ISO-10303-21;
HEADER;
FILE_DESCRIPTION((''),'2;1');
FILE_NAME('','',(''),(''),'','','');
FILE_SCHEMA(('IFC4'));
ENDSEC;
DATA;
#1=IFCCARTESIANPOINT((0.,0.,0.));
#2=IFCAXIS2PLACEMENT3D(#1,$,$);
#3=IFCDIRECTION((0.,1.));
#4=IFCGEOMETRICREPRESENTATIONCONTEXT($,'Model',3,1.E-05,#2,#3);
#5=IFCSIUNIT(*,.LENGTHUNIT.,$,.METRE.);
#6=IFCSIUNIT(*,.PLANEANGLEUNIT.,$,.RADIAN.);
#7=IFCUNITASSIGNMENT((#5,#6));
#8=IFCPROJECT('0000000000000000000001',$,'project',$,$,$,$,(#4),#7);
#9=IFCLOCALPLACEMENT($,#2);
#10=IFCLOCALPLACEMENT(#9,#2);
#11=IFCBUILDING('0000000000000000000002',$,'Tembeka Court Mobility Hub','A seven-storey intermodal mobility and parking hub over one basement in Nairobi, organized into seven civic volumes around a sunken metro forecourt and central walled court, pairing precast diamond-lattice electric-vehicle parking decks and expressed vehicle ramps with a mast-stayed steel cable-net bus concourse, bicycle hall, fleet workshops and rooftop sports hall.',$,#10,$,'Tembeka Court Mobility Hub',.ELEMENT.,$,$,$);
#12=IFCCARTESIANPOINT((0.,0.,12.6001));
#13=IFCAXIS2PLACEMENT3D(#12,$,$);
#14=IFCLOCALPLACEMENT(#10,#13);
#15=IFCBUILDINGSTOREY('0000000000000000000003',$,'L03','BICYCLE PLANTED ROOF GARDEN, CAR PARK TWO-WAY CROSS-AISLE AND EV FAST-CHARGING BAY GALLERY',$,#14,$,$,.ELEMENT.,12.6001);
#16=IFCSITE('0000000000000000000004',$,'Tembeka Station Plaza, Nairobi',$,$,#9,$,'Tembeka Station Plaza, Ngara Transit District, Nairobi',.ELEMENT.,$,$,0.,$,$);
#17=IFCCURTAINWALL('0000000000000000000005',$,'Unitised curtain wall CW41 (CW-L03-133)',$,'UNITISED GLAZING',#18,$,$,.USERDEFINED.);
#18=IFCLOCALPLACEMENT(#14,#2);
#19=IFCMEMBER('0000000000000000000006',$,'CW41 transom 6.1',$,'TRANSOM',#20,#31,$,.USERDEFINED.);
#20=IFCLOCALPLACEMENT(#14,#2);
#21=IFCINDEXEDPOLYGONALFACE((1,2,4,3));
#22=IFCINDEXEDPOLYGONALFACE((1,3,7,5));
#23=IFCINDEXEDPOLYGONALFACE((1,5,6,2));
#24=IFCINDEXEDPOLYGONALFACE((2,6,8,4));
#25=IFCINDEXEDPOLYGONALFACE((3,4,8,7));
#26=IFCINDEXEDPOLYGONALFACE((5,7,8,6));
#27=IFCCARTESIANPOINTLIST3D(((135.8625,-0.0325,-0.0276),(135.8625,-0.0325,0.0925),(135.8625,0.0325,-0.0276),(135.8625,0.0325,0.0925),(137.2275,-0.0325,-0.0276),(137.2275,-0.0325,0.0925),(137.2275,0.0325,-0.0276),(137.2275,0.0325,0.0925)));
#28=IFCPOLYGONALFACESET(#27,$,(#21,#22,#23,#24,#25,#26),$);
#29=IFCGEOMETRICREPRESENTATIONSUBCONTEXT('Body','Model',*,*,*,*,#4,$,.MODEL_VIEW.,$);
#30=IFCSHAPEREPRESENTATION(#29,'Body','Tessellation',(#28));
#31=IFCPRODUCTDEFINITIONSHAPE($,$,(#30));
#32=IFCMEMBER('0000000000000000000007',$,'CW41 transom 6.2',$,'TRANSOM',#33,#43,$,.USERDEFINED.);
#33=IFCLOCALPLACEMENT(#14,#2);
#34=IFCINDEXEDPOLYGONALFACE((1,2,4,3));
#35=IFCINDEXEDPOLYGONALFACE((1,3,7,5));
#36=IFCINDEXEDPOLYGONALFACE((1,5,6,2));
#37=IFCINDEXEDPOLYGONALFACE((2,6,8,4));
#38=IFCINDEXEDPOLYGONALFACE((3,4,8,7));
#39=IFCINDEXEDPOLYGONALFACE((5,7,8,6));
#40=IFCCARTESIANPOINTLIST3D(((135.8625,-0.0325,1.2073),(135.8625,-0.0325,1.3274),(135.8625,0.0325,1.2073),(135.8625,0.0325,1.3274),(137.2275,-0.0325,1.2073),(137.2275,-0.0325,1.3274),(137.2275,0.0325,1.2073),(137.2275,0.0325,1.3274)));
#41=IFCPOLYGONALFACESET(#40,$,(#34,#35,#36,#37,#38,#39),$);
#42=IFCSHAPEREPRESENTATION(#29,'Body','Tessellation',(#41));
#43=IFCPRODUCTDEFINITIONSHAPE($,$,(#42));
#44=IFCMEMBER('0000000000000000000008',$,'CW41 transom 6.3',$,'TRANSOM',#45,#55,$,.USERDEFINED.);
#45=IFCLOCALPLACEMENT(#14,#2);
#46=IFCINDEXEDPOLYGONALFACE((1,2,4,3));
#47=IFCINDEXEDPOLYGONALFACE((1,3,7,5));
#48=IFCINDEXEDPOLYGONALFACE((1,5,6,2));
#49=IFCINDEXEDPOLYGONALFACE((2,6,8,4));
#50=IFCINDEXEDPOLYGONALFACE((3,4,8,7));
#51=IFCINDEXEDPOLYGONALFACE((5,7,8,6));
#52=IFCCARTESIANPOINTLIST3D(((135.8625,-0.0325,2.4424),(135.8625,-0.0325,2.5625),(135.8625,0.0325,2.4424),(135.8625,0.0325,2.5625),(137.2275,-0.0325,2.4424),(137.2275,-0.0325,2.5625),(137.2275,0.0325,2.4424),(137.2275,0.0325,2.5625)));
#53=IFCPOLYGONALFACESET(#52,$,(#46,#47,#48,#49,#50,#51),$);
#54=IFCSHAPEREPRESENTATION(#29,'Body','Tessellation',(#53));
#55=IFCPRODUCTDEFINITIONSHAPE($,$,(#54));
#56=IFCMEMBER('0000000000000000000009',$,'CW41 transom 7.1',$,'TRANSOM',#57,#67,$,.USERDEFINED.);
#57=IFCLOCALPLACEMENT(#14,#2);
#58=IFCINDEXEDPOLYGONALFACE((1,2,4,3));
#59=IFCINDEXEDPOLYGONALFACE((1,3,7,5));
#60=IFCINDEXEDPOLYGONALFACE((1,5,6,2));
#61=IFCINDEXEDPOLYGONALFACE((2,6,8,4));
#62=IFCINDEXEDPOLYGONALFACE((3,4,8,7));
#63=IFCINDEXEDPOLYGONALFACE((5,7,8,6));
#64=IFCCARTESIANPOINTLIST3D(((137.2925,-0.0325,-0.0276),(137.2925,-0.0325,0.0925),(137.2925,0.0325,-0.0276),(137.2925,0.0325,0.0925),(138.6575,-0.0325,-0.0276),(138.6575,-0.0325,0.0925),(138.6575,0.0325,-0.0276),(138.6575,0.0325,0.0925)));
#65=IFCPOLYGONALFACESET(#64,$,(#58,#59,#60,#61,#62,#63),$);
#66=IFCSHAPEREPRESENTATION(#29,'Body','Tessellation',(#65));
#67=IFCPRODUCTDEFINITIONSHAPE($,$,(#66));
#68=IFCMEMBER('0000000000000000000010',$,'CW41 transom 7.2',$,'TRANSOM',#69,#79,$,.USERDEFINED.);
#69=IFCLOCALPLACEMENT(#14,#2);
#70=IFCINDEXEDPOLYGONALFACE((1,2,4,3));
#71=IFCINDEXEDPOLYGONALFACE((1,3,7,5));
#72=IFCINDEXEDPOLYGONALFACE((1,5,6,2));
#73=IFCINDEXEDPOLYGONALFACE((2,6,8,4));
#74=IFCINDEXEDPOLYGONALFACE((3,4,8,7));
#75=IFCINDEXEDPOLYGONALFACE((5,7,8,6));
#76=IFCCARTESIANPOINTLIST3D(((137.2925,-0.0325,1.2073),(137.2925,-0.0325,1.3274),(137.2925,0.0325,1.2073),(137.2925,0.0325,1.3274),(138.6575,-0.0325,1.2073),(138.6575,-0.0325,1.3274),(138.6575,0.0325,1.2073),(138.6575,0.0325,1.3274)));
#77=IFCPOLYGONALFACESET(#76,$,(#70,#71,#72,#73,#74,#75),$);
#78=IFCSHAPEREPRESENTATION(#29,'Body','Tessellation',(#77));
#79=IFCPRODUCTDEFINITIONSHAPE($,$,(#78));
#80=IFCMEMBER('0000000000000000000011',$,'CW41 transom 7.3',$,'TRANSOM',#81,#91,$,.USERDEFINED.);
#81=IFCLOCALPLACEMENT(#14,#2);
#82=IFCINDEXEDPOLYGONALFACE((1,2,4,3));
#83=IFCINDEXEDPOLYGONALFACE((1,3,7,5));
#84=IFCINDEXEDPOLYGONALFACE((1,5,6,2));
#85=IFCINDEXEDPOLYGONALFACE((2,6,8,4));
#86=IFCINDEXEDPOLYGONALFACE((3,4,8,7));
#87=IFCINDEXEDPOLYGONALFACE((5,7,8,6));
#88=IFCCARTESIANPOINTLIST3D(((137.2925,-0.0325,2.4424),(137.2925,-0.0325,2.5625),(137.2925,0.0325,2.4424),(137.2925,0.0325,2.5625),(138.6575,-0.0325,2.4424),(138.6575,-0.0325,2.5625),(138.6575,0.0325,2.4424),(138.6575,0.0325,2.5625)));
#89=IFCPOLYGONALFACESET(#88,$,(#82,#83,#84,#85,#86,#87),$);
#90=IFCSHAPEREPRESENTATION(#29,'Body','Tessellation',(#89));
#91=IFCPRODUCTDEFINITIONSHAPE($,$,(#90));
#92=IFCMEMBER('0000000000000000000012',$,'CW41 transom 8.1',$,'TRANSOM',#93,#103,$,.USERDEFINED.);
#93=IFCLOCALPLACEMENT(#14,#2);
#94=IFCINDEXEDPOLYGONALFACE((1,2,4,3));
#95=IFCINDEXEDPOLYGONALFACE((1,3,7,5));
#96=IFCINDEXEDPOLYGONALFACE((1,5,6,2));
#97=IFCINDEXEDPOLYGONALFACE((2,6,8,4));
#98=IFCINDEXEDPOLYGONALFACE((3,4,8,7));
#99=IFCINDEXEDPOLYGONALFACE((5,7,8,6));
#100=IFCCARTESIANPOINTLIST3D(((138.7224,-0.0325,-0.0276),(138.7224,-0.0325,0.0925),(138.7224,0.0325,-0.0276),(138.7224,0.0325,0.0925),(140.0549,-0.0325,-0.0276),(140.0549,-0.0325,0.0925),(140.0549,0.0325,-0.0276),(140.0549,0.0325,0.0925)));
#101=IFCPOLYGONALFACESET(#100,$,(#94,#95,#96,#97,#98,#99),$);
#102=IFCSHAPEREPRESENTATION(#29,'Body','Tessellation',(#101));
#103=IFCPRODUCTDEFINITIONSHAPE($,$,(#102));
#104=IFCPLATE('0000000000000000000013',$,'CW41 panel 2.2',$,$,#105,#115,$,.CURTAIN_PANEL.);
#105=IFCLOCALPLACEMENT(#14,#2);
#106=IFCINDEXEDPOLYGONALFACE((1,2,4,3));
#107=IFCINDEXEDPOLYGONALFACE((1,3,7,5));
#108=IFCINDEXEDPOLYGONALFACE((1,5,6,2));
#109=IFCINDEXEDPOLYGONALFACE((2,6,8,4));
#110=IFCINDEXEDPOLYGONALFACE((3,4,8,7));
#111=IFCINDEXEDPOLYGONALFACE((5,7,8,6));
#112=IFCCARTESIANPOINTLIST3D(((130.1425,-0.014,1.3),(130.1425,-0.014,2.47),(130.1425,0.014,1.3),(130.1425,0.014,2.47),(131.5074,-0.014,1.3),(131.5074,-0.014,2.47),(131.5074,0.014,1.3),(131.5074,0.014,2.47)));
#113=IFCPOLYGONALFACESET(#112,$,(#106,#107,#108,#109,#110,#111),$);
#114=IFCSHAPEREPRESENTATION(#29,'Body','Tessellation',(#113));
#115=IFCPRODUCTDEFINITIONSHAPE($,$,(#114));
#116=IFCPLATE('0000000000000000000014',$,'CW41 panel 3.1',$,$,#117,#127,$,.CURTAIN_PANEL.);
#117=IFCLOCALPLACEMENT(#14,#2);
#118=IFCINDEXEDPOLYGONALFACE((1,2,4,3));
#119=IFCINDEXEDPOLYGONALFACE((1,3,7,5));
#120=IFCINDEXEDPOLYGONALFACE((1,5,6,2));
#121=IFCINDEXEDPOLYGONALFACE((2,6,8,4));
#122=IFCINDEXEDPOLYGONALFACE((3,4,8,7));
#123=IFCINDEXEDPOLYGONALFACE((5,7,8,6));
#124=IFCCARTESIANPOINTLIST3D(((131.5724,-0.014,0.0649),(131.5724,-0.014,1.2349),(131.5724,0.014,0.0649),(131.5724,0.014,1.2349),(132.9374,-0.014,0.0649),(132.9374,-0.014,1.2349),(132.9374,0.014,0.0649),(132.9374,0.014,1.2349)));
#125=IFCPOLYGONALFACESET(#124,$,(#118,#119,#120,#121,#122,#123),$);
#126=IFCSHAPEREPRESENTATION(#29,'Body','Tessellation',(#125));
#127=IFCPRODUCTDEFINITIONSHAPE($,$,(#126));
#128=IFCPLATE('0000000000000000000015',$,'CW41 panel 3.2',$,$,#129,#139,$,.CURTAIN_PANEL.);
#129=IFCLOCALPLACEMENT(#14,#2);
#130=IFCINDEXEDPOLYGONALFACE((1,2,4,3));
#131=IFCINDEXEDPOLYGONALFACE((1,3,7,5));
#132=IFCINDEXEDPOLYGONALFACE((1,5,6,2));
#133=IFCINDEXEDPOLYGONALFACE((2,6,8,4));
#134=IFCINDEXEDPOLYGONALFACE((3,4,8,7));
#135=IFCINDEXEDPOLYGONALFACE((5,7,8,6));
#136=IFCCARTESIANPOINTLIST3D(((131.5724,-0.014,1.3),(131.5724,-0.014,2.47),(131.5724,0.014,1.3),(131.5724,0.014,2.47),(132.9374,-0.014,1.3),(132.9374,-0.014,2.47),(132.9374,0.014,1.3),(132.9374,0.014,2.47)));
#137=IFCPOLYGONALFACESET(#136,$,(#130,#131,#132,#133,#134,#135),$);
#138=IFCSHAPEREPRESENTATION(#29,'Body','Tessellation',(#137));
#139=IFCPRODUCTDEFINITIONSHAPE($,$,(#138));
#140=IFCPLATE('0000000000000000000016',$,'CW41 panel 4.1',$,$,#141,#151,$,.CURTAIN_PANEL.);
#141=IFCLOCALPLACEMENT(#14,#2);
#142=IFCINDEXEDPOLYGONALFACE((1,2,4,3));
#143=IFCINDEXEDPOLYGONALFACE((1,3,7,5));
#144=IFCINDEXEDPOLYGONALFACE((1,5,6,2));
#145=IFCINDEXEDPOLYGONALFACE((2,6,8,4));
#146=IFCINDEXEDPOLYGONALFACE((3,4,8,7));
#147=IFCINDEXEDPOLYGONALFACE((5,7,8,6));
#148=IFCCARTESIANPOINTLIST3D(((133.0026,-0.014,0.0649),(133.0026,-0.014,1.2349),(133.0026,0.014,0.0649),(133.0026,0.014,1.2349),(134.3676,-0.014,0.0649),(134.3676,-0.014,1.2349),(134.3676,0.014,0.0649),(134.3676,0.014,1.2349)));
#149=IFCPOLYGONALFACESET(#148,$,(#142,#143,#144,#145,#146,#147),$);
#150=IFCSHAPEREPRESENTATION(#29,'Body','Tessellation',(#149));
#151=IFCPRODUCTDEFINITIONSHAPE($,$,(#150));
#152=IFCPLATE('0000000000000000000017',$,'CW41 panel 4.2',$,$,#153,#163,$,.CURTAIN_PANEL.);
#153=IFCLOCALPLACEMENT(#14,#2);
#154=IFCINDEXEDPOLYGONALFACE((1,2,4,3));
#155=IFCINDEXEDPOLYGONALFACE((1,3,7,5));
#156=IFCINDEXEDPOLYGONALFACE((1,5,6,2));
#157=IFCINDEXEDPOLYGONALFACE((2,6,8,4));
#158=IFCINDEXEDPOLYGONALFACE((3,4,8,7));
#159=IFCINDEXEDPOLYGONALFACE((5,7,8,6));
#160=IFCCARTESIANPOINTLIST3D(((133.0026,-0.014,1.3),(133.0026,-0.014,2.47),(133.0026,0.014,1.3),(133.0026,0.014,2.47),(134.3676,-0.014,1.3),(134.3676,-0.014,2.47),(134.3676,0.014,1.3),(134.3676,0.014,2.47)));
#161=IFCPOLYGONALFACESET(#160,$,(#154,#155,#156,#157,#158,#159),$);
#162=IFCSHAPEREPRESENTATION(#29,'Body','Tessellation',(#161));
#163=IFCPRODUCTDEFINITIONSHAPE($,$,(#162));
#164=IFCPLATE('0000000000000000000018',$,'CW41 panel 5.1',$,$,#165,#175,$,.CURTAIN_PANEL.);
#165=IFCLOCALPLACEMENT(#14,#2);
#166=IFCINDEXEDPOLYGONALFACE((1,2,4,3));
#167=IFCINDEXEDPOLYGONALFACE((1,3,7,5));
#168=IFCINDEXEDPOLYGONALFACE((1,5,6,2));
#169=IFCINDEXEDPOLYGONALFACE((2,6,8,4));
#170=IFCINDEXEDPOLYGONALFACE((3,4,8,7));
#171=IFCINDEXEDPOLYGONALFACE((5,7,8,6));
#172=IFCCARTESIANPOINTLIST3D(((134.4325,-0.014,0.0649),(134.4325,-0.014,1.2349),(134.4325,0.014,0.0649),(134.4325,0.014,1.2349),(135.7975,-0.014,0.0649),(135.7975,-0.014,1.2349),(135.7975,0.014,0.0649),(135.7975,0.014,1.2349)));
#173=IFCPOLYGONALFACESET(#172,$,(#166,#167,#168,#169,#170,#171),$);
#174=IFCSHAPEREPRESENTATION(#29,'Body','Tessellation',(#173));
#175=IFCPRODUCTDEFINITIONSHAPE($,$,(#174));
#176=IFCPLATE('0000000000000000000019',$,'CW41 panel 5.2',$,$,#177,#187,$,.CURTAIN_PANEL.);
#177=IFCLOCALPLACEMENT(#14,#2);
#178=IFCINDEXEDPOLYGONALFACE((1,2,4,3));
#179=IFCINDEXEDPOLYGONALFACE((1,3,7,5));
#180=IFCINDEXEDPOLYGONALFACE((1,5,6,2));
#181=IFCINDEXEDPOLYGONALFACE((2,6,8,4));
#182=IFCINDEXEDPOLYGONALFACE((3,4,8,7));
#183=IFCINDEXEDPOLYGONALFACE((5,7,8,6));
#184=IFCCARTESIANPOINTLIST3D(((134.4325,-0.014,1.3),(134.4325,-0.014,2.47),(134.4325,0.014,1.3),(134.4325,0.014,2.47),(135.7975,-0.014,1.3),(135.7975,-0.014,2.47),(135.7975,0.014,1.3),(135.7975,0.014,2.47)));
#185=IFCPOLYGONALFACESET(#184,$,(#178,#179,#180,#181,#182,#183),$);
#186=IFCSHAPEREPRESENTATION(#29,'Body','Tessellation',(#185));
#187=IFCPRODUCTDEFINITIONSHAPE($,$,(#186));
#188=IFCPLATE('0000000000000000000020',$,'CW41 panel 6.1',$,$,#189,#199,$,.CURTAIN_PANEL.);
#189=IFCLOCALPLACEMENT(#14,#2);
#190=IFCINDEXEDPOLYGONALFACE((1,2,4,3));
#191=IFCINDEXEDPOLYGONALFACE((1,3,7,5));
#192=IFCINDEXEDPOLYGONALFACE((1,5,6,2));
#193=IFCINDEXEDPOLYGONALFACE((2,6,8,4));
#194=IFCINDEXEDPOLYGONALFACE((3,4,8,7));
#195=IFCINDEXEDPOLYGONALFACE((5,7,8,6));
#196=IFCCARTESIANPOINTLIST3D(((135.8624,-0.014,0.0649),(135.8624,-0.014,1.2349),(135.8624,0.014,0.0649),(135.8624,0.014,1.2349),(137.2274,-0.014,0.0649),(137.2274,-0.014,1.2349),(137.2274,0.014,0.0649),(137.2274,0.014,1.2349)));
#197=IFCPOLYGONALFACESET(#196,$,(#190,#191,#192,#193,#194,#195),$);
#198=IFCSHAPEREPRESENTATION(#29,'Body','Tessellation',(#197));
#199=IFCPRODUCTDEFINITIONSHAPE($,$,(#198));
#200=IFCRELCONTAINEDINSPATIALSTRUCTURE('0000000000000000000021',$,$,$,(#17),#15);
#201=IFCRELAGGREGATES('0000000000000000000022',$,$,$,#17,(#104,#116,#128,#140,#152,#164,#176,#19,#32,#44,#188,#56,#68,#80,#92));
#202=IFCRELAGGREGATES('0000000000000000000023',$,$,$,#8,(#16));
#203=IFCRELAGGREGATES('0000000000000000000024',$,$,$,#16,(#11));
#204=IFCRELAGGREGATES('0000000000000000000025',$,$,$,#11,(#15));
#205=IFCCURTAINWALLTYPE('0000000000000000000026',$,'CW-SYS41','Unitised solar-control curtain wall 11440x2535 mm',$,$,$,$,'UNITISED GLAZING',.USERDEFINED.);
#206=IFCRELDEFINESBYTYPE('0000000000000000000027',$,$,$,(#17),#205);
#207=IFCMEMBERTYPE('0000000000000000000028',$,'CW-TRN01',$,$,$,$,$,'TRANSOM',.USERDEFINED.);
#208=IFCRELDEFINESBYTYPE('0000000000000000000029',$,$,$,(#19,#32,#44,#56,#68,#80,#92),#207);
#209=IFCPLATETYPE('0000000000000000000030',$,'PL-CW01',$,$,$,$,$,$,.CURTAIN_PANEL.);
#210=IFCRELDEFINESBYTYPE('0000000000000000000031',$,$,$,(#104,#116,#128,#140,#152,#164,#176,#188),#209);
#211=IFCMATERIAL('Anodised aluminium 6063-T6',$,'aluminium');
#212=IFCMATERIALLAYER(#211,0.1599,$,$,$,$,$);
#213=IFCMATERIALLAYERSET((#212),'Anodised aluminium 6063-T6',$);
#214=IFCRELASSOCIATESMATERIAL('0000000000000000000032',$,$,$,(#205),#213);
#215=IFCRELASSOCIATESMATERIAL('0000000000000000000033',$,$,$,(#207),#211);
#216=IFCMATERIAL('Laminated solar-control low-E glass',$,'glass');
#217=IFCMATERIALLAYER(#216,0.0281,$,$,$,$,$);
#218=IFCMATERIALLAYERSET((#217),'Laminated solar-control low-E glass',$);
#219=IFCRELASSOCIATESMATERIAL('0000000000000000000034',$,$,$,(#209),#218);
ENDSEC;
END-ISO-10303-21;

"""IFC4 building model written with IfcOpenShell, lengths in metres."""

from ifc_helpers import new_model, si_unit, direction, frame, origin, origin_2d, place, context, subcontext, project, spatial, rectangle, extrude, material, layer, layer_set, material_profile, profile_set, type_object, element, aggregate, save


model = new_model("IFC4")

# Units and contexts
model_context = context("Model", 3, precision=1e-05, world=origin(), true_north=direction((0.0, 1.0)))
body_context = subcontext(model_context, "Body", "Model", "MODEL_VIEW")
ifc_project = project(units=[si_unit("LENGTHUNIT", "METRE"), si_unit("PLANEANGLEUNIT", "RADIAN")], contexts=[model_context])

# Site, building, storey
site_placement = place(None, origin())
site = spatial("IfcSite", under=ifc_project, at=site_placement, Name="Tembeka Station Plaza, Nairobi", LongName="Tembeka Station Plaza, Ngara Transit District, Nairobi", CompositionType="ELEMENT", RefElevation=0.0)
building_placement = place(site_placement, origin())
building = spatial("IfcBuilding", under=site, at=building_placement, Name="Tembeka Court Mobility Hub", Description="A seven-storey intermodal mobility and parking hub over one basement in Nairobi, organized into seven civic volumes around a sunken metro forecourt and central walled court, pairing precast diamond-lattice electric-vehicle parking decks and expressed vehicle ramps with a mast-stayed steel cable-net bus concourse, bicycle hall, fleet workshops and rooftop sports hall.", LongName="Tembeka Court Mobility Hub", CompositionType="ELEMENT")
storey_placement = place(building_placement, frame((0.0, 0.0, 12.6001)))
storey = spatial("IfcBuildingStorey", under=building, at=storey_placement, Name="L03", Description="BICYCLE PLANTED ROOF GARDEN, CAR PARK TWO-WAY CROSS-AISLE AND EV FAST-CHARGING BAY GALLERY", CompositionType="ELEMENT", Elevation=12.6001)

# Curtain wall, members, plates
ifc_material_1 = material(Name="Anodised aluminium 6063-T6", Category="aluminium")
ifc_layer_1 = layer(ifc_material_1, 0.1599)
ifc_layer_set_1 = layer_set([ifc_layer_1], Name="Anodised aluminium 6063-T6")
curtain_wall_type = type_object("IfcCurtainWallType", Name="CW-SYS41", Description="Unitised solar-control curtain wall 11440x2535 mm", ElementType="UNITISED GLAZING", PredefinedType="USERDEFINED", material=ifc_layer_set_1)
curtain_wall_placement = place(storey_placement, origin())
curtain_wall = element("IfcCurtainWall", 1, at=curtain_wall_placement, inside=storey, type_object=curtain_wall_type, Name="Unitised curtain wall CW41 (CW-L03-133)", ObjectType="UNITISED GLAZING", PredefinedType="USERDEFINED")
ifc_material_profile_1 = material_profile(ifc_material_1, rectangle(XDim=0.0649, YDim=0.1201, at=origin_2d()), Name="ALU-TRN 65x120")
ifc_profile_set_1 = profile_set([ifc_material_profile_1], Name="Anodised aluminium 6063-T6")
member_type_1 = type_object("IfcMemberType", Name="CW-TRN01", ElementType="TRANSOM", PredefinedType="USERDEFINED", material=ifc_profile_set_1)
member_1_placement = place(storey_placement, frame((135.8625, 0.0, 0.0325), z_axis=(1.0, 0.0, 0.0), x_axis=(0.0, 1.0, 0.0)))
member_1 = element("IfcMember", 2, at=member_1_placement, type_object=member_type_1, Name="CW41 transom 6.1", ObjectType="TRANSOM", PredefinedType="USERDEFINED", context=body_context, shape_type="SweptSolid", body=[
    extrude(rectangle(XDim=0.0649, YDim=0.1201, at=origin_2d()), origin(), (0.0, 0.0, 1.0), 1.365),
])
member_2_placement = place(storey_placement, frame((135.8625, 0.0, 1.2673), z_axis=(1.0, 0.0, 0.0), x_axis=(0.0, 1.0, 0.0)))
member_2 = element("IfcMember", 3, at=member_2_placement, type_object=member_type_1, Name="CW41 transom 6.2", ObjectType="TRANSOM", PredefinedType="USERDEFINED", context=body_context, shape_type="SweptSolid", body=[
    extrude(rectangle(XDim=0.0649, YDim=0.1201, at=origin_2d()), origin(), (0.0, 0.0, 1.0), 1.365),
])
member_3_placement = place(storey_placement, frame((135.8625, 0.0, 2.5024), z_axis=(1.0, 0.0, 0.0), x_axis=(0.0, 1.0, 0.0)))
member_3 = element("IfcMember", 4, at=member_3_placement, type_object=member_type_1, Name="CW41 transom 6.3", ObjectType="TRANSOM", PredefinedType="USERDEFINED", context=body_context, shape_type="SweptSolid", body=[
    extrude(rectangle(XDim=0.0649, YDim=0.1201, at=origin_2d()), origin(), (0.0, 0.0, 1.0), 1.365),
])
member_4_placement = place(storey_placement, frame((137.2925, 0.0, 0.0325), z_axis=(1.0, 0.0, 0.0), x_axis=(0.0, 1.0, 0.0)))
member_4 = element("IfcMember", 5, at=member_4_placement, type_object=member_type_1, Name="CW41 transom 7.1", ObjectType="TRANSOM", PredefinedType="USERDEFINED", context=body_context, shape_type="SweptSolid", body=[
    extrude(rectangle(XDim=0.0649, YDim=0.1201, at=origin_2d()), origin(), (0.0, 0.0, 1.0), 1.365),
])
member_5_placement = place(storey_placement, frame((137.2925, 0.0, 1.2673), z_axis=(1.0, 0.0, 0.0), x_axis=(0.0, 1.0, 0.0)))
member_5 = element("IfcMember", 6, at=member_5_placement, type_object=member_type_1, Name="CW41 transom 7.2", ObjectType="TRANSOM", PredefinedType="USERDEFINED", context=body_context, shape_type="SweptSolid", body=[
    extrude(rectangle(XDim=0.0649, YDim=0.1201, at=origin_2d()), origin(), (0.0, 0.0, 1.0), 1.365),
])
member_6_placement = place(storey_placement, frame((137.2925, 0.0, 2.5024), z_axis=(1.0, 0.0, 0.0), x_axis=(0.0, 1.0, 0.0)))
member_6 = element("IfcMember", 7, at=member_6_placement, type_object=member_type_1, Name="CW41 transom 7.3", ObjectType="TRANSOM", PredefinedType="USERDEFINED", context=body_context, shape_type="SweptSolid", body=[
    extrude(rectangle(XDim=0.0649, YDim=0.1201, at=origin_2d()), origin(), (0.0, 0.0, 1.0), 1.365),
])
member_7_placement = place(storey_placement, frame((138.7224, 0.0, 0.0325), z_axis=(1.0, 0.0, 0.0), x_axis=(0.0, 1.0, 0.0)))
member_7 = element("IfcMember", 8, at=member_7_placement, type_object=member_type_1, Name="CW41 transom 8.1", ObjectType="TRANSOM", PredefinedType="USERDEFINED", context=body_context, shape_type="SweptSolid", body=[
    extrude(rectangle(XDim=0.0649, YDim=0.1201, at=origin_2d()), origin(), (0.0, 0.0, 1.0), 1.3325),
])
ifc_material_2 = material(Name="Laminated solar-control low-E glass", Category="glass")
ifc_layer_2 = layer(ifc_material_2, 0.0281)
ifc_layer_set_2 = layer_set([ifc_layer_2], Name="Laminated solar-control low-E glass")
plate_type = type_object("IfcPlateType", Name="PL-CW01", PredefinedType="CURTAIN_PANEL", material=ifc_layer_set_2)
plate_1_placement = place(storey_placement, frame((130.825, 0.0, 1.3), z_axis=(0.0, 0.0, 1.0), x_axis=(1.0, 0.0, 0.0)))
plate_1 = element("IfcPlate", 9, at=plate_1_placement, type_object=plate_type, Name="CW41 panel 2.2", PredefinedType="CURTAIN_PANEL", context=body_context, shape_type="SweptSolid", body=[
    extrude(rectangle(XDim=1.365, YDim=0.0281, at=origin_2d()), origin(), (0.0, 0.0, 1.0), 1.1699),
])
plate_2_placement = place(storey_placement, frame((132.2549, 0.0, 0.0649), z_axis=(0.0, 0.0, 1.0), x_axis=(1.0, 0.0, 0.0)))
plate_2 = element("IfcPlate", 10, at=plate_2_placement, type_object=plate_type, Name="CW41 panel 3.1", PredefinedType="CURTAIN_PANEL", context=body_context, shape_type="SweptSolid", body=[
    extrude(rectangle(XDim=1.365, YDim=0.0281, at=origin_2d()), origin(), (0.0, 0.0, 1.0), 1.1699),
])
plate_3_placement = place(storey_placement, frame((132.2549, 0.0, 1.3), z_axis=(0.0, 0.0, 1.0), x_axis=(1.0, 0.0, 0.0)))
plate_3 = element("IfcPlate", 11, at=plate_3_placement, type_object=plate_type, Name="CW41 panel 3.2", PredefinedType="CURTAIN_PANEL", context=body_context, shape_type="SweptSolid", body=[
    extrude(rectangle(XDim=1.365, YDim=0.0281, at=origin_2d()), origin(), (0.0, 0.0, 1.0), 1.1699),
])
plate_4_placement = place(storey_placement, frame((133.6851, 0.0, 0.0649), z_axis=(0.0, 0.0, 1.0), x_axis=(1.0, 0.0, 0.0)))
plate_4 = element("IfcPlate", 12, at=plate_4_placement, type_object=plate_type, Name="CW41 panel 4.1", PredefinedType="CURTAIN_PANEL", context=body_context, shape_type="SweptSolid", body=[
    extrude(rectangle(XDim=1.365, YDim=0.0281, at=origin_2d()), origin(), (0.0, 0.0, 1.0), 1.1699),
])
plate_5_placement = place(storey_placement, frame((133.6851, 0.0, 1.3), z_axis=(0.0, 0.0, 1.0), x_axis=(1.0, 0.0, 0.0)))
plate_5 = element("IfcPlate", 13, at=plate_5_placement, type_object=plate_type, Name="CW41 panel 4.2", PredefinedType="CURTAIN_PANEL", context=body_context, shape_type="SweptSolid", body=[
    extrude(rectangle(XDim=1.365, YDim=0.0281, at=origin_2d()), origin(), (0.0, 0.0, 1.0), 1.1699),
])
plate_6_placement = place(storey_placement, frame((135.115, 0.0, 0.0649), z_axis=(0.0, 0.0, 1.0), x_axis=(1.0, 0.0, 0.0)))
plate_6 = element("IfcPlate", 14, at=plate_6_placement, type_object=plate_type, Name="CW41 panel 5.1", PredefinedType="CURTAIN_PANEL", context=body_context, shape_type="SweptSolid", body=[
    extrude(rectangle(XDim=1.365, YDim=0.0281, at=origin_2d()), origin(), (0.0, 0.0, 1.0), 1.1699),
])
plate_7_placement = place(storey_placement, frame((135.115, 0.0, 1.3), z_axis=(0.0, 0.0, 1.0), x_axis=(1.0, 0.0, 0.0)))
plate_7 = element("IfcPlate", 15, at=plate_7_placement, type_object=plate_type, Name="CW41 panel 5.2", PredefinedType="CURTAIN_PANEL", context=body_context, shape_type="SweptSolid", body=[
    extrude(rectangle(XDim=1.365, YDim=0.0281, at=origin_2d()), origin(), (0.0, 0.0, 1.0), 1.1699),
])
plate_8_placement = place(storey_placement, frame((136.5449, 0.0, 0.0649), z_axis=(0.0, 0.0, 1.0), x_axis=(1.0, 0.0, 0.0)))
plate_8 = element("IfcPlate", 16, at=plate_8_placement, type_object=plate_type, Name="CW41 panel 6.1", PredefinedType="CURTAIN_PANEL", context=body_context, shape_type="SweptSolid", body=[
    extrude(rectangle(XDim=1.365, YDim=0.0281, at=origin_2d()), origin(), (0.0, 0.0, 1.0), 1.1699),
])
aggregate(curtain_wall, [plate_1, plate_2, plate_3, plate_4, plate_5, plate_6, plate_7, member_1, member_2, member_3, plate_8, member_4, member_5, member_6, member_7])

save(model, "model.ifc")
